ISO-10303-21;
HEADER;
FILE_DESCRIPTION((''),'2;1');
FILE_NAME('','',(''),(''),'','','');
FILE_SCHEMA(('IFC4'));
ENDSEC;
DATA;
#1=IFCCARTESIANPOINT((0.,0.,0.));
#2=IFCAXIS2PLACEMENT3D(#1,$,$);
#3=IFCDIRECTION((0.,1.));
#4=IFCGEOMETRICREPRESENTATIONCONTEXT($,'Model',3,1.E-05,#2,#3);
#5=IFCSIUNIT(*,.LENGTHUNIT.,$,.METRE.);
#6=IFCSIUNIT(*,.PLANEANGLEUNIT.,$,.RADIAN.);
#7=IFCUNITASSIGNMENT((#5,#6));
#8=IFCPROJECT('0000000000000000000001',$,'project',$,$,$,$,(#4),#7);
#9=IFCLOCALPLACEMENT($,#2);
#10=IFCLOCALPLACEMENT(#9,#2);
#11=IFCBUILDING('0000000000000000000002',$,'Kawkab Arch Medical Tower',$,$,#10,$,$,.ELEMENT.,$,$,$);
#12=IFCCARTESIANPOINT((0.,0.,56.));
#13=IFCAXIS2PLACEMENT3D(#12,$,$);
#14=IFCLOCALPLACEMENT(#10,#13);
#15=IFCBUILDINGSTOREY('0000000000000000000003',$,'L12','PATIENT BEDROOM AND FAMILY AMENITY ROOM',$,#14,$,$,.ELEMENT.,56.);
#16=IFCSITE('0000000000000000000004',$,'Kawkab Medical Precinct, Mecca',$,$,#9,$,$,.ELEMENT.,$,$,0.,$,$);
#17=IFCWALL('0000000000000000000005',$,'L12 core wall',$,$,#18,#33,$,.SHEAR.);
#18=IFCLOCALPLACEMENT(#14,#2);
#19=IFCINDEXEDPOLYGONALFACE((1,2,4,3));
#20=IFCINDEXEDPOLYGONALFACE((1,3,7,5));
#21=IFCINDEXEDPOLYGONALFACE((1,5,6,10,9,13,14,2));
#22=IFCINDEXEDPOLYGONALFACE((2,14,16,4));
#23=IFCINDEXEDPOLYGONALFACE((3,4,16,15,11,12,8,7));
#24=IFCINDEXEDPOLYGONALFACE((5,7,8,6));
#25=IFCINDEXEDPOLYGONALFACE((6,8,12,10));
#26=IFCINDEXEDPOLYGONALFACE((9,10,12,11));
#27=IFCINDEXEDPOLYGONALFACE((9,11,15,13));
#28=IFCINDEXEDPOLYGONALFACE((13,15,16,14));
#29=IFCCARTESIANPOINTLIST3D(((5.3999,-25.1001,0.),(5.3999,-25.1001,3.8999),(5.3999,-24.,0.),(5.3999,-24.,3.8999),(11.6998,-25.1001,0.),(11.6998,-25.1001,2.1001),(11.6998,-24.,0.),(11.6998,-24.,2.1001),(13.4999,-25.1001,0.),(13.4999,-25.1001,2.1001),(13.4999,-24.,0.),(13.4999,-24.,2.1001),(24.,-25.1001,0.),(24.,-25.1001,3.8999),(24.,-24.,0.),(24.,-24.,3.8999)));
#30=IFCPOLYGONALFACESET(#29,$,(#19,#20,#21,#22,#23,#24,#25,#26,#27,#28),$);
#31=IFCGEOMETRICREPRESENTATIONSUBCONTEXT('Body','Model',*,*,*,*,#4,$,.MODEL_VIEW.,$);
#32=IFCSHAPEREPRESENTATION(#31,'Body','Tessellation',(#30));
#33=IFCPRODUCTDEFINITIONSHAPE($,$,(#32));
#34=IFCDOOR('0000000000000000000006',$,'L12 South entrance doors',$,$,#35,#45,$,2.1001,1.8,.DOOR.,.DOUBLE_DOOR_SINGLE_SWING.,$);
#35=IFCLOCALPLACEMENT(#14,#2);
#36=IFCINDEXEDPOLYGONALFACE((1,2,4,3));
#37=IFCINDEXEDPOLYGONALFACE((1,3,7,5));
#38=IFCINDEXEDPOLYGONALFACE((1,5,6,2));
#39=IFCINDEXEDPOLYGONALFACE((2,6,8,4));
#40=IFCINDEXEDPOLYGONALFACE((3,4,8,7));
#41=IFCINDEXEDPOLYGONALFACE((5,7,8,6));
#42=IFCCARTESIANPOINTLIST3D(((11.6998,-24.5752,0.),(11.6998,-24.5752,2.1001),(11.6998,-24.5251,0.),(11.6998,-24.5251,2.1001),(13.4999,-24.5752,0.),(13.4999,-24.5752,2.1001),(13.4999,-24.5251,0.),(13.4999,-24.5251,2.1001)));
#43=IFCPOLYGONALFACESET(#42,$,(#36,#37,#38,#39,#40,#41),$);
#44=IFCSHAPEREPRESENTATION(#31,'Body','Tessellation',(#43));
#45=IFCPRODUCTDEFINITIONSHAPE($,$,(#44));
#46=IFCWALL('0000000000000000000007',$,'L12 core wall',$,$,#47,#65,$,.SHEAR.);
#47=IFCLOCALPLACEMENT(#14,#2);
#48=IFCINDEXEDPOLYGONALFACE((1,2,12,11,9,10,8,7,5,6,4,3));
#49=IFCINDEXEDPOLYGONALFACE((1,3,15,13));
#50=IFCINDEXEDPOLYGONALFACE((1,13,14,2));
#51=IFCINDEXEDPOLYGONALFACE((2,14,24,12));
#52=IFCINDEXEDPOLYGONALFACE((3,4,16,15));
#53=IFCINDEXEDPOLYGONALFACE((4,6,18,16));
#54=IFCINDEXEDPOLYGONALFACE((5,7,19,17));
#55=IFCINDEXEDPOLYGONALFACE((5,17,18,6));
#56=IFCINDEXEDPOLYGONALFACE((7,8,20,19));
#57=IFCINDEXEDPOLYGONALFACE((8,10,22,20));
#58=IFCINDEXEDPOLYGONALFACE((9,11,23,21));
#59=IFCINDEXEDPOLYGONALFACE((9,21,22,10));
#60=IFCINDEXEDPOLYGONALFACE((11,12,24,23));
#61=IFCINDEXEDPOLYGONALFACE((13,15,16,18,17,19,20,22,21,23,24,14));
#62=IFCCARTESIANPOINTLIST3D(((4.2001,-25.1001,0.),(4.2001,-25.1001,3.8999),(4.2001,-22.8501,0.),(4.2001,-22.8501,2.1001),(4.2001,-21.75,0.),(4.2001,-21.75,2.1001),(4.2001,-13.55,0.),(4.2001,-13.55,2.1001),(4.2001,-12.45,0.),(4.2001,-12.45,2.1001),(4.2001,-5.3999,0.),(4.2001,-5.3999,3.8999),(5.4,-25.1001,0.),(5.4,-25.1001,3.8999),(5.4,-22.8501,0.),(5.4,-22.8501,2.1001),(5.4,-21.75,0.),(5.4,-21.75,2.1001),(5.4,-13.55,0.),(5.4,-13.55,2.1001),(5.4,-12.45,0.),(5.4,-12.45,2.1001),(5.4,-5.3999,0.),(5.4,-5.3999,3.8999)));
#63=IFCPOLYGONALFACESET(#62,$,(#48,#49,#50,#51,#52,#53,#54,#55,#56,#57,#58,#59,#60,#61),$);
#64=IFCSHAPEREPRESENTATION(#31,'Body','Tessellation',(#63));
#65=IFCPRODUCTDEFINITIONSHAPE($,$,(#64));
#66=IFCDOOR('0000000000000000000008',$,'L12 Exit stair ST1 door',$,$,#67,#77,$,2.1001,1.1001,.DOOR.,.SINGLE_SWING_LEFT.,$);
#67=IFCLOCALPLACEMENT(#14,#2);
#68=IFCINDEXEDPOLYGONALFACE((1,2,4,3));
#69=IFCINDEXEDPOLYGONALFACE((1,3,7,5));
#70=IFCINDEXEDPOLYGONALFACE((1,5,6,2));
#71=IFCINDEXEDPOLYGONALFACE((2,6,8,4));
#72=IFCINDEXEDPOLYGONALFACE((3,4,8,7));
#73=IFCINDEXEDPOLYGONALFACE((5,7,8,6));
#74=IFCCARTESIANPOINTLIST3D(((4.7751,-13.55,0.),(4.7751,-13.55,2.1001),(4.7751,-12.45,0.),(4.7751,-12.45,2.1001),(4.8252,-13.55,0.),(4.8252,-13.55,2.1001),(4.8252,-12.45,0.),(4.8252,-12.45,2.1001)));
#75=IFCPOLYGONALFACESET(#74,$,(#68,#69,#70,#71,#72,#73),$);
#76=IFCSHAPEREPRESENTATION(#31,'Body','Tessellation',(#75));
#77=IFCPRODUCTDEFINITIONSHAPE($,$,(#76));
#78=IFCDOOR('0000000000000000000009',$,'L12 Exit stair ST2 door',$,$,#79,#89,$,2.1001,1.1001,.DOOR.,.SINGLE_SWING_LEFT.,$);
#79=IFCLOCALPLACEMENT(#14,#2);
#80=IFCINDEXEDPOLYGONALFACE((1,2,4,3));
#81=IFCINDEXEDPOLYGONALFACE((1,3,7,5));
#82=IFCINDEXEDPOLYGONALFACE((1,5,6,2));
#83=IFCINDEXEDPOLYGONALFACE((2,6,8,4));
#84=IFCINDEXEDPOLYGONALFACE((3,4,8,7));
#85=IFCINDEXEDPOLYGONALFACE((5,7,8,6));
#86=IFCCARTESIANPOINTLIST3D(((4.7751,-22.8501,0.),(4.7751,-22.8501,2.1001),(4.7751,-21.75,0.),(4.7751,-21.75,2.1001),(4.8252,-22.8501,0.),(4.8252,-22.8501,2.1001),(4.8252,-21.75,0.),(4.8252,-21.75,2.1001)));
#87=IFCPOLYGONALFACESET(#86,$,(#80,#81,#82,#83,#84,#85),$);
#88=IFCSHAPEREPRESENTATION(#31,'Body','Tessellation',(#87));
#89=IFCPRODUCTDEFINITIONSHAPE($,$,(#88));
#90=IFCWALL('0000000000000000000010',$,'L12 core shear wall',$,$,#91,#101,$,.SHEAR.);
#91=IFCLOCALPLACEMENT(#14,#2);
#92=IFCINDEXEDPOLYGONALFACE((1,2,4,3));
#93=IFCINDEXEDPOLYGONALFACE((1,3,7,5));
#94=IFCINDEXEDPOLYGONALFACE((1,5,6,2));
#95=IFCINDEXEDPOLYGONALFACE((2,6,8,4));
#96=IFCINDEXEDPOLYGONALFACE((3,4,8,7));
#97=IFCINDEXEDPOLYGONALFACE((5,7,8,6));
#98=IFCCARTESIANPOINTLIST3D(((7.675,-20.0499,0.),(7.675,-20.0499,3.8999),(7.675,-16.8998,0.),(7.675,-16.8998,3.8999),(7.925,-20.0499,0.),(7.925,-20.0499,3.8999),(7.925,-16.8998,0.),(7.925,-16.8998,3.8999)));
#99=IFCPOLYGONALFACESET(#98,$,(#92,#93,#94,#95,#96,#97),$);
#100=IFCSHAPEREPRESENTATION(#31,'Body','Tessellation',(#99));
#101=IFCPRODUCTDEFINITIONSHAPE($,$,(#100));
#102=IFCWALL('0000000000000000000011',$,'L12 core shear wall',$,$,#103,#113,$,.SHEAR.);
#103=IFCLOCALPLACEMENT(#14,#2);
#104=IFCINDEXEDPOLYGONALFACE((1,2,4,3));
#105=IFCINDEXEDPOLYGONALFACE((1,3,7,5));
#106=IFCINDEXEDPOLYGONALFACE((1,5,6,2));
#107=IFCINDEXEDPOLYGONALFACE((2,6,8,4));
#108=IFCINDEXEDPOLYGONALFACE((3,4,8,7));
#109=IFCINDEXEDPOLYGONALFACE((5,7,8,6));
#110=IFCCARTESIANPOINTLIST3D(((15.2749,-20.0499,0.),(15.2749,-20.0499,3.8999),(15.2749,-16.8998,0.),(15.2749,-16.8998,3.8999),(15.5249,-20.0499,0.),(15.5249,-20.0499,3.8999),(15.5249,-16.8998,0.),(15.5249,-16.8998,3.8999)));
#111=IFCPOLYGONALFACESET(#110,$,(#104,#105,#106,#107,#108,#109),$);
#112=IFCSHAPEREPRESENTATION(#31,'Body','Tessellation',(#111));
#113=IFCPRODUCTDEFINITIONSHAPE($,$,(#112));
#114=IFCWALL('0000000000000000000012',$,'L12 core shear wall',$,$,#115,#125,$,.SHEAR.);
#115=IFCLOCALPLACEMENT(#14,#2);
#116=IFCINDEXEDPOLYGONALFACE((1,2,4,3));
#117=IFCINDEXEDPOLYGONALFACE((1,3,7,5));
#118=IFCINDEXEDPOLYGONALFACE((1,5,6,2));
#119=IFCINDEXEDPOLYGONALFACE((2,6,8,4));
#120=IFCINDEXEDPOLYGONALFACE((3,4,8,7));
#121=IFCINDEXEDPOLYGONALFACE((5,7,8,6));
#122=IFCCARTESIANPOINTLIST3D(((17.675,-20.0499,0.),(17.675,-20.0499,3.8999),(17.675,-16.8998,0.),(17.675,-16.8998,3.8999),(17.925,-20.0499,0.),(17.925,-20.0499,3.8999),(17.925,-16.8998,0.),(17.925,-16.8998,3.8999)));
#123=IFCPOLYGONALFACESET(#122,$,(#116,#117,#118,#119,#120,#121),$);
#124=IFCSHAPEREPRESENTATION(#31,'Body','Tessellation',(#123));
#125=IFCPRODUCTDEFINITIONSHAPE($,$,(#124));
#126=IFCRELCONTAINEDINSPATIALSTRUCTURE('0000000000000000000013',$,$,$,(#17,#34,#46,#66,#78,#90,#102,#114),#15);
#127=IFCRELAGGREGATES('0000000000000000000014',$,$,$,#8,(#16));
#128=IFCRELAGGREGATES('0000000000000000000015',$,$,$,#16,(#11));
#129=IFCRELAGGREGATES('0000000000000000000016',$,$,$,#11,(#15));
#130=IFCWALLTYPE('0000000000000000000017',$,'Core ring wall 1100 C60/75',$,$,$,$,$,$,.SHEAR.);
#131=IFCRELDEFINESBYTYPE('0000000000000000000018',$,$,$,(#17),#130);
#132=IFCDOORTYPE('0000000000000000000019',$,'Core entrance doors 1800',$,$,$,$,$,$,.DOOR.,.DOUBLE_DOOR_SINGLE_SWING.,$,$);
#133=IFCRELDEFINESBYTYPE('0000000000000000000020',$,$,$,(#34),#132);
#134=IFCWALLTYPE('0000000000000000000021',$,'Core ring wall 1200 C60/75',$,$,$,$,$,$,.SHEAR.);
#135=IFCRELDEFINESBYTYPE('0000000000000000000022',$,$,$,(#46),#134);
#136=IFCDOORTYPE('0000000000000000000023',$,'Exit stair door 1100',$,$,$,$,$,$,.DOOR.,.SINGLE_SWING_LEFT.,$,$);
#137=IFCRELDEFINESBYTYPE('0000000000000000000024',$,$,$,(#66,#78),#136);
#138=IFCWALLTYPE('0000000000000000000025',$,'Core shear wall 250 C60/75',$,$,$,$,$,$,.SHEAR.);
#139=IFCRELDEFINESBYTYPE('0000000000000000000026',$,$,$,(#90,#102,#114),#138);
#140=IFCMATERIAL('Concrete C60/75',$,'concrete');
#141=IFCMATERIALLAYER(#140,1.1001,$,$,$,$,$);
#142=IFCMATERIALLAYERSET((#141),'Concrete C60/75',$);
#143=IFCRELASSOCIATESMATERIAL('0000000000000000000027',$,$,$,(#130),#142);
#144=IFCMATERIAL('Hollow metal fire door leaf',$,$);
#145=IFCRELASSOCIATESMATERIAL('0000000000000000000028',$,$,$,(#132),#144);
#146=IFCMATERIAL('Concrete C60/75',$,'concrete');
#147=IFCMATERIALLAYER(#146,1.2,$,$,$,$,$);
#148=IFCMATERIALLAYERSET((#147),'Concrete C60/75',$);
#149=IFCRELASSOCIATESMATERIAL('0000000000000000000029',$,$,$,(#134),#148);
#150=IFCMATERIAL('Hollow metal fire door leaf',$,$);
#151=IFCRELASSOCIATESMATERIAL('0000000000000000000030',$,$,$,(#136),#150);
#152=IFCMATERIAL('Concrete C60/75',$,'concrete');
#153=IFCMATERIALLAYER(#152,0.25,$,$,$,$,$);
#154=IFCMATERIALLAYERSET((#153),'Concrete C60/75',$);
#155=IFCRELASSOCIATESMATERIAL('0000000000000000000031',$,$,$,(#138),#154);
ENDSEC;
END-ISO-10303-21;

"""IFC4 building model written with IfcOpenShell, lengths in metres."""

from ifc_helpers import new_model, si_unit, direction, frame, frame_2d, origin, place, context, subcontext, project, spatial, rectangle, extrude, material, layer, layer_set, type_object, element, fill, save


model = new_model("IFC4")

# Units and contexts
model_context = context("Model", 3, precision=1e-05, world=origin(), true_north=direction((0.0, 1.0)))
body_context = subcontext(model_context, "Body", "Model", "MODEL_VIEW")
ifc_project = project(units=[si_unit("LENGTHUNIT", "METRE"), si_unit("PLANEANGLEUNIT", "RADIAN")], contexts=[model_context])

# Site, building, storey
site_placement = place(None, origin())
site = spatial("IfcSite", under=ifc_project, at=site_placement, Name="Kawkab Medical Precinct, Mecca", CompositionType="ELEMENT", RefElevation=0.0)
building_placement = place(site_placement, origin())
building = spatial("IfcBuilding", under=site, at=building_placement, Name="Kawkab Arch Medical Tower", CompositionType="ELEMENT")
storey_placement = place(building_placement, frame((0.0, 0.0, 56.0)))
storey = spatial("IfcBuildingStorey", under=building, at=storey_placement, Name="L12", Description="PATIENT BEDROOM AND FAMILY AMENITY ROOM", CompositionType="ELEMENT", Elevation=56.0)

# Wall, opening, door
ifc_material_1 = material(Name="Concrete C60/75", Category="concrete")
ifc_layer_1 = layer(ifc_material_1, 1.1001)
ifc_layer_set_1 = layer_set([ifc_layer_1], Name="Concrete C60/75")
wall_type_1 = type_object("IfcWallType", Name="Core ring wall 1100 C60/75", PredefinedType="SHEAR", material=ifc_layer_set_1)
wall_1_placement = place(storey_placement, frame((5.3999, -24.55, 0.0), z_axis=(0.0, 0.0, 1.0), x_axis=(1.0, 0.0, 0.0)))
wall_1 = element("IfcWall", 1, at=wall_1_placement, inside=storey, type_object=wall_type_1, Name="L12 core wall", PredefinedType="SHEAR", context=body_context, shape_type="SweptSolid", body=[
    extrude(rectangle(XDim=18.6001, YDim=1.1001, at=frame_2d((9.3, 0.0))), origin(), (0.0, 0.0, 1.0), 3.8999),
])
opening_1_placement = place(wall_1_placement, frame((6.3, 0.0, 0.0)))
opening_1 = element("IfcOpeningElement", 2, at=opening_1_placement, cuts=wall_1, PredefinedType="OPENING", context=body_context, shape_type="SweptSolid", body=[
    extrude(rectangle(XDim=1.8, YDim=2.1001, at=frame_2d((0.8999, 1.05))), frame((0.0, 0.5601, 0.0), z_axis=(0.0, -1.0, 0.0), x_axis=(1.0, 0.0, 0.0)), (0.0, 0.0, 1.0), 1.1201),
])
ifc_material_2 = material(Name="Hollow metal fire door leaf")
door_type_1 = type_object("IfcDoorType", Name="Core entrance doors 1800", OperationType="DOUBLE_DOOR_SINGLE_SWING", PredefinedType="DOOR", material=ifc_material_2)
door_1_placement = place(opening_1_placement, origin())
door_1 = element("IfcDoor", 3, at=door_1_placement, inside=storey, type_object=door_type_1, Name="L12 South entrance doors", OperationType="DOUBLE_DOOR_SINGLE_SWING", OverallHeight=2.1001, OverallWidth=1.8, PredefinedType="DOOR", context=body_context, shape_type="SweptSolid", body=[
    extrude(rectangle(XDim=1.8, YDim=2.1001, at=frame_2d((0.8999, 1.05))), frame((0.0, 0.0249, 0.0), z_axis=(0.0, -1.0, 0.0), x_axis=(1.0, 0.0, 0.0)), (0.0, 0.0, 1.0), 0.05),
])
fill(opening_1, door_1)

# Wall, openings, doors
ifc_material_3 = material(Name="Concrete C60/75", Category="concrete")
ifc_layer_2 = layer(ifc_material_3, 1.2)
ifc_layer_set_2 = layer_set([ifc_layer_2], Name="Concrete C60/75")
wall_type_2 = type_object("IfcWallType", Name="Core ring wall 1200 C60/75", PredefinedType="SHEAR", material=ifc_layer_set_2)
wall_2_placement = place(storey_placement, frame((4.8, -25.1001, 0.0), z_axis=(0.0, 0.0, 1.0), x_axis=(0.0, 1.0, 0.0)))
wall_2 = element("IfcWall", 4, at=wall_2_placement, inside=storey, type_object=wall_type_2, Name="L12 core wall", PredefinedType="SHEAR", context=body_context, shape_type="SweptSolid", body=[
    extrude(rectangle(XDim=19.7002, YDim=1.2, at=frame_2d((9.8501, 0.0))), origin(), (0.0, 0.0, 1.0), 3.8999),
])
opening_2_placement = place(wall_2_placement, frame((11.55, 0.0, 0.0)))
opening_2 = element("IfcOpeningElement", 5, at=opening_2_placement, cuts=wall_2, PredefinedType="OPENING", context=body_context, shape_type="SweptSolid", body=[
    extrude(rectangle(XDim=1.1001, YDim=2.1001, at=frame_2d((0.55, 1.05))), frame((0.0, 0.6099, 0.0), z_axis=(0.0, -1.0, 0.0), x_axis=(1.0, 0.0, 0.0)), (0.0, 0.0, 1.0), 1.22),
])
opening_3_placement = place(wall_2_placement, frame((2.25, 0.0, 0.0)))
opening_3 = element("IfcOpeningElement", 6, at=opening_3_placement, cuts=wall_2, PredefinedType="OPENING", context=body_context, shape_type="SweptSolid", body=[
    extrude(rectangle(XDim=1.1001, YDim=2.1001, at=frame_2d((0.55, 1.05))), frame((0.0, 0.6099, 0.0), z_axis=(0.0, -1.0, 0.0), x_axis=(1.0, 0.0, 0.0)), (0.0, 0.0, 1.0), 1.22),
])
ifc_material_4 = material(Name="Hollow metal fire door leaf")
door_type_2 = type_object("IfcDoorType", Name="Exit stair door 1100", OperationType="SINGLE_SWING_LEFT", PredefinedType="DOOR", material=ifc_material_4)
door_2_placement = place(opening_2_placement, origin())
door_2 = element("IfcDoor", 7, at=door_2_placement, inside=storey, type_object=door_type_2, Name="L12 Exit stair ST1 door", OperationType="SINGLE_SWING_LEFT", OverallHeight=2.1001, OverallWidth=1.1001, PredefinedType="DOOR", context=body_context, shape_type="SweptSolid", body=[
    extrude(rectangle(XDim=1.1001, YDim=2.1001, at=frame_2d((0.55, 1.05))), frame((0.0, 0.0249, 0.0), z_axis=(0.0, -1.0, 0.0), x_axis=(1.0, 0.0, 0.0)), (0.0, 0.0, 1.0), 0.05),
])
fill(opening_2, door_2)
door_3_placement = place(opening_3_placement, origin())
door_3 = element("IfcDoor", 8, at=door_3_placement, inside=storey, type_object=door_type_2, Name="L12 Exit stair ST2 door", OperationType="SINGLE_SWING_LEFT", OverallHeight=2.1001, OverallWidth=1.1001, PredefinedType="DOOR", context=body_context, shape_type="SweptSolid", body=[
    extrude(rectangle(XDim=1.1001, YDim=2.1001, at=frame_2d((0.55, 1.05))), frame((0.0, 0.0249, 0.0), z_axis=(0.0, -1.0, 0.0), x_axis=(1.0, 0.0, 0.0)), (0.0, 0.0, 1.0), 0.05),
])
fill(opening_3, door_3)

# Walls
ifc_material_5 = material(Name="Concrete C60/75", Category="concrete")
ifc_layer_3 = layer(ifc_material_5, 0.25)
ifc_layer_set_3 = layer_set([ifc_layer_3], Name="Concrete C60/75")
wall_type_3 = type_object("IfcWallType", Name="Core shear wall 250 C60/75", PredefinedType="SHEAR", material=ifc_layer_set_3)
for number, where, z_axis, x_axis, name in (
    (9, (7.8, -20.05, 0.0), (0.0, 0.0, 1.0), (0.0, 1.0, 0.0), "L12 core shear wall"),
    (10, (15.3999, -20.05, 0.0), (0.0, 0.0, 1.0), (0.0, 1.0, 0.0), "L12 core shear wall"),
    (11, (17.8, -20.05, 0.0), (0.0, 0.0, 1.0), (0.0, 1.0, 0.0), "L12 core shear wall"),
):
    element("IfcWall", number, at=place(storey_placement, frame(where, z_axis=z_axis, x_axis=x_axis)), inside=storey, type_object=wall_type_3, Name=name, PredefinedType="SHEAR", context=body_context, shape_type="SweptSolid", body=[
        extrude(rectangle(XDim=3.1501, YDim=0.25, at=frame_2d((1.5752, 0.0))), origin(), (0.0, 0.0, 1.0), 3.8999),
    ])

save(model, "model.ifc")
